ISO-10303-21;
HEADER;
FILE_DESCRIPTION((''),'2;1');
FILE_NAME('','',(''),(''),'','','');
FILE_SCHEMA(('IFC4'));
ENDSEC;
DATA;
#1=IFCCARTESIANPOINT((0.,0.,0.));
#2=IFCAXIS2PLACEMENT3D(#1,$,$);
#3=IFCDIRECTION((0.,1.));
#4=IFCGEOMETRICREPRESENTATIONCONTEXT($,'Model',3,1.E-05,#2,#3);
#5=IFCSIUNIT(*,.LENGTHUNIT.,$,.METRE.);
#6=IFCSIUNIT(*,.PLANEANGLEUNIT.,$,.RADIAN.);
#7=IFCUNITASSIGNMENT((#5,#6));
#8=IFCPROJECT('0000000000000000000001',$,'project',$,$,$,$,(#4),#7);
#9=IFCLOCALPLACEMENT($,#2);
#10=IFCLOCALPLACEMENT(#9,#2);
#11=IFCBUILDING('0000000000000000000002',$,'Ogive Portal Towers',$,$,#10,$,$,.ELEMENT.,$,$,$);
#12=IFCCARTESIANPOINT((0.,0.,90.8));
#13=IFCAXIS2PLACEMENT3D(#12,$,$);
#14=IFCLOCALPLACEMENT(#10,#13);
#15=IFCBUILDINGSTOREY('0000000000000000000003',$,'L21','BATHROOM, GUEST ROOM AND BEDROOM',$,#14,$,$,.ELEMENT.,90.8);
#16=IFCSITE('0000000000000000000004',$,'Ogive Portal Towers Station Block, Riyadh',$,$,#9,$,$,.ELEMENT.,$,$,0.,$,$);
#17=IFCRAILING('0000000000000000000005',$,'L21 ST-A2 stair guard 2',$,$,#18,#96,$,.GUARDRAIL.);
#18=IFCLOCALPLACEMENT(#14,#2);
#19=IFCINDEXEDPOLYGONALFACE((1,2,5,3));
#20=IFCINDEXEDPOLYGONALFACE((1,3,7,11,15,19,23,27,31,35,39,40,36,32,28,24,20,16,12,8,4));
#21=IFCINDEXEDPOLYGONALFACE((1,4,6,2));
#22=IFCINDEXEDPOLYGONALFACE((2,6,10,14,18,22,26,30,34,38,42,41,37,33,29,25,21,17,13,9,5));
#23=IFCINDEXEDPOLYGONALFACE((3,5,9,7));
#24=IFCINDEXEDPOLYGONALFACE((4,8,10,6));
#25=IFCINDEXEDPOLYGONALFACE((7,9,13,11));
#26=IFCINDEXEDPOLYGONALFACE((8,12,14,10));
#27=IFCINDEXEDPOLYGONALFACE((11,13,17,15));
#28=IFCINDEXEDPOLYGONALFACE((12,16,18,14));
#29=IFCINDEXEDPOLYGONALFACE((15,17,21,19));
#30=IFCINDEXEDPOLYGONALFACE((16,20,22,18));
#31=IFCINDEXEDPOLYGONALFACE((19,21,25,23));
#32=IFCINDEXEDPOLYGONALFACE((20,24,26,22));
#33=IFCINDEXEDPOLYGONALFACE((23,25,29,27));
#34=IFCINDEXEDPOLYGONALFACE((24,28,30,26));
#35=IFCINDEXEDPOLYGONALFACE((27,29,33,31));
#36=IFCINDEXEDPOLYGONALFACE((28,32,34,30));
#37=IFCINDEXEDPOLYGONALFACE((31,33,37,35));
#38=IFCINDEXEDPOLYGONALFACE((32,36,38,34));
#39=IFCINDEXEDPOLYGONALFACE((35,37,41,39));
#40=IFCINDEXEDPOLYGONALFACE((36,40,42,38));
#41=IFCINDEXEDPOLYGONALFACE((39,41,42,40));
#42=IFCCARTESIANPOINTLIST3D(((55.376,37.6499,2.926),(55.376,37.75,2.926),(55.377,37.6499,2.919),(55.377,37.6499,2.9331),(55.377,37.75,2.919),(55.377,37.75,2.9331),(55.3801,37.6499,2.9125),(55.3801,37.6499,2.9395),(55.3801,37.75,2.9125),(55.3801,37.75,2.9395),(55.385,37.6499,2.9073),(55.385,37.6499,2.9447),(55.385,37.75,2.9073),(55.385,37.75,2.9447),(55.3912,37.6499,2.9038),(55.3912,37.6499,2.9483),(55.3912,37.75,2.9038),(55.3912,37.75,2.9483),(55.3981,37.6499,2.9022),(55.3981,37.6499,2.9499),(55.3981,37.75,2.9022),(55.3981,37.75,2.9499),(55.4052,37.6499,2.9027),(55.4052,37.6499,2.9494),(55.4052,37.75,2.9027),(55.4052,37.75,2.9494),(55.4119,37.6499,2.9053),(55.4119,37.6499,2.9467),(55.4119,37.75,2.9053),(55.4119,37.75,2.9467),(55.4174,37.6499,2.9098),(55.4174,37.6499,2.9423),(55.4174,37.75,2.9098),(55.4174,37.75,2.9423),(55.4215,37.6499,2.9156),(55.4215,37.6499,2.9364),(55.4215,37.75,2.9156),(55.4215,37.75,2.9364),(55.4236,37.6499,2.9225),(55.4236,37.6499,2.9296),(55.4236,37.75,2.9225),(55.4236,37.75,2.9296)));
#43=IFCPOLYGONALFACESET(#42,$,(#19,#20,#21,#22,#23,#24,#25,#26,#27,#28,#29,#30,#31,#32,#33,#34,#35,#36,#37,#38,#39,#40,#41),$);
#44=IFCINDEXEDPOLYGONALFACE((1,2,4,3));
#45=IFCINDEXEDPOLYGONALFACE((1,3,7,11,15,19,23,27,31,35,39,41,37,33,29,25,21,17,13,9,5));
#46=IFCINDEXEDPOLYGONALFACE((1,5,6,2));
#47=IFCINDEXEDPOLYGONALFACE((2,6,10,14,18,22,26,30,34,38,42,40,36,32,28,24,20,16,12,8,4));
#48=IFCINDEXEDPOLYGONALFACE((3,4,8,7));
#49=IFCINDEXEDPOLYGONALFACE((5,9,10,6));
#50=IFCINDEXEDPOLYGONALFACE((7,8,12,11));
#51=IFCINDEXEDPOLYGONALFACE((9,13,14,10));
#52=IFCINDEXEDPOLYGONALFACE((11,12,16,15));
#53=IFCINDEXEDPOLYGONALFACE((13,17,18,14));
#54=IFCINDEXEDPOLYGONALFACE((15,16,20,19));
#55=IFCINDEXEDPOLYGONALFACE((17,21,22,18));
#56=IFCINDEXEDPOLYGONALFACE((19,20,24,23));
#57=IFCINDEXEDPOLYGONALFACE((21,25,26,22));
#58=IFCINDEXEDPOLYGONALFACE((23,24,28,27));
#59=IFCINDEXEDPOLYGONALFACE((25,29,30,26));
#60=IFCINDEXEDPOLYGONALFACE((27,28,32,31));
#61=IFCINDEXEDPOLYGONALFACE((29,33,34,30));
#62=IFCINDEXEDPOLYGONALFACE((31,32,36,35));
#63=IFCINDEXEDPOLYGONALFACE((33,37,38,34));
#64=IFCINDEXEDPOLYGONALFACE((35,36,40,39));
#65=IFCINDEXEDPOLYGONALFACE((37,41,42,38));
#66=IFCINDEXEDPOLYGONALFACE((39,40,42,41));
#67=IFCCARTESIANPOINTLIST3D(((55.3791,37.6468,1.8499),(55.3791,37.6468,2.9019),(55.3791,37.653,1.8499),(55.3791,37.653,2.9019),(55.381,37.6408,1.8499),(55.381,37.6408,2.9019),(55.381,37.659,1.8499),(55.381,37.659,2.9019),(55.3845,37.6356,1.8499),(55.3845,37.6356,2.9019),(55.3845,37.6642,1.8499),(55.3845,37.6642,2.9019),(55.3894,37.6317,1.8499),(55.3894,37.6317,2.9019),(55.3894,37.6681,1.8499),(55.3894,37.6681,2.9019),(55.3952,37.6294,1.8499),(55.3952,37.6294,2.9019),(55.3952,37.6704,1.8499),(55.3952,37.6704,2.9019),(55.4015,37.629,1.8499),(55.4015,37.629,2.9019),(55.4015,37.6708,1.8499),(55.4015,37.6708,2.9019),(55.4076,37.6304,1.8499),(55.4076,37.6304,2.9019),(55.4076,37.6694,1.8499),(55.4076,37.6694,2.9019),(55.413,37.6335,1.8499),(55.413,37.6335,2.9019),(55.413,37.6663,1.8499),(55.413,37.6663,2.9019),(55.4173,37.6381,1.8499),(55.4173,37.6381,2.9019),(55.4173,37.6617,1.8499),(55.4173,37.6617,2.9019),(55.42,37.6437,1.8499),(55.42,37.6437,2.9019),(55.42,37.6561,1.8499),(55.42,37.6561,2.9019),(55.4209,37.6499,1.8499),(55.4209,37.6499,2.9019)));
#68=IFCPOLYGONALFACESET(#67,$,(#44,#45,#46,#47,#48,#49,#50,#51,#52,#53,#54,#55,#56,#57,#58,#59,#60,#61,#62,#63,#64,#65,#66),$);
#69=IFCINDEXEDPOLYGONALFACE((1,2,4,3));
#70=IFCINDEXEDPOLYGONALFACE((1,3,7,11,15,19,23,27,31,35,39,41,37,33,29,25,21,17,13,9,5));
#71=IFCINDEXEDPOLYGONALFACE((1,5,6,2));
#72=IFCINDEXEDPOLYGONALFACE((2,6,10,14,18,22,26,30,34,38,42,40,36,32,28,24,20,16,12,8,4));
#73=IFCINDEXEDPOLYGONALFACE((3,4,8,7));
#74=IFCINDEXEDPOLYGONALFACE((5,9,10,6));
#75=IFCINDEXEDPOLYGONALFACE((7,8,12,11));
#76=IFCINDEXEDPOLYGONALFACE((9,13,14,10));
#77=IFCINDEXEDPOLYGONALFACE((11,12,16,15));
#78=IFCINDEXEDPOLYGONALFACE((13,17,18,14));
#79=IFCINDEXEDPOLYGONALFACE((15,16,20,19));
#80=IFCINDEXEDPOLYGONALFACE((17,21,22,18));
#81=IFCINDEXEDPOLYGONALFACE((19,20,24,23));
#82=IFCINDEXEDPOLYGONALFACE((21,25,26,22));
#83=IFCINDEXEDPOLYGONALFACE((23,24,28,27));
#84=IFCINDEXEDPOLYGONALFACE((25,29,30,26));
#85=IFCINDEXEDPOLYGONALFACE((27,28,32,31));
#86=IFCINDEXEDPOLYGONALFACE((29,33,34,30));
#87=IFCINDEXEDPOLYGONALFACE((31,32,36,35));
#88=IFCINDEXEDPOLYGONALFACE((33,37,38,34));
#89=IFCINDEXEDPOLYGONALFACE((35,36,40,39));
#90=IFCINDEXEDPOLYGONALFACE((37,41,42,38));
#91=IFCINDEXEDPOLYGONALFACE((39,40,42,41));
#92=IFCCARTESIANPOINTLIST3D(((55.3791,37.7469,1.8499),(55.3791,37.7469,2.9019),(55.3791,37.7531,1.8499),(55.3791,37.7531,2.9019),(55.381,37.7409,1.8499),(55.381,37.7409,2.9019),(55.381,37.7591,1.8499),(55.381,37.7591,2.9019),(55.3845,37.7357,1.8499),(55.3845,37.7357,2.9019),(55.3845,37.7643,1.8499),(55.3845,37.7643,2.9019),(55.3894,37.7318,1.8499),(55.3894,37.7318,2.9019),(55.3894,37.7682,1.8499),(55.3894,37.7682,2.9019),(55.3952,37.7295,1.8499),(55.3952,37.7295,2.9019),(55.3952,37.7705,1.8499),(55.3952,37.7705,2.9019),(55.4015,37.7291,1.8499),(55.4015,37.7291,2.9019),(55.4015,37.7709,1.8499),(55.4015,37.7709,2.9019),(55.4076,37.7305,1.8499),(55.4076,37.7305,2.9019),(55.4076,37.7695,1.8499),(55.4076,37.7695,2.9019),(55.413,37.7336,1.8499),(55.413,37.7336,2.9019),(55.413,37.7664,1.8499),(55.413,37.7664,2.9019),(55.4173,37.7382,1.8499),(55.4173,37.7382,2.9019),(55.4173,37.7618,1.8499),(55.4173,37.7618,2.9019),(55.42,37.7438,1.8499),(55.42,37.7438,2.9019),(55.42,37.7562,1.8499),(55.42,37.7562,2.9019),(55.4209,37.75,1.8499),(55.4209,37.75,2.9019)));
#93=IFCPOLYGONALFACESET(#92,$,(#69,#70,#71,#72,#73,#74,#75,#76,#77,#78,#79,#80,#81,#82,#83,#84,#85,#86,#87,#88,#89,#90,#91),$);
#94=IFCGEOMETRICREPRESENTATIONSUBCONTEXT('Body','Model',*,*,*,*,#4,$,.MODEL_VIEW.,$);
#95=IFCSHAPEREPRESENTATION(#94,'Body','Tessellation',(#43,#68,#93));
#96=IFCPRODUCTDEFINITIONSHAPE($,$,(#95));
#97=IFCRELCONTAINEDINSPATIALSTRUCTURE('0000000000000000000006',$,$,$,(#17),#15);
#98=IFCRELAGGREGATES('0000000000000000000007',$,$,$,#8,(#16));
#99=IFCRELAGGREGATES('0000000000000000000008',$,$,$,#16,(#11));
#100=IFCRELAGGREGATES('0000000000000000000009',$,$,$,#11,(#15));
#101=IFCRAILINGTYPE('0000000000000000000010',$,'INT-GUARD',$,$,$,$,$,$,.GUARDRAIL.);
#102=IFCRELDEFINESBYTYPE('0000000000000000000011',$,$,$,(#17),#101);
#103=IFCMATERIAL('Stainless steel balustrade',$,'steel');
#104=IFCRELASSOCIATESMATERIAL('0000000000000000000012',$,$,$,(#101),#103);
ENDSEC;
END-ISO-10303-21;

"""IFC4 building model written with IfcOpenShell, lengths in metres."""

from ifc_helpers import new_model, si_unit, direction, frame, origin, origin_2d, place, context, subcontext, project, spatial, circle, extrude, material, type_object, element, save


model = new_model("IFC4")

# Units and contexts
model_context = context("Model", 3, precision=1e-05, world=origin(), true_north=direction((0.0, 1.0)))
body_context = subcontext(model_context, "Body", "Model", "MODEL_VIEW")
ifc_project = project(units=[si_unit("LENGTHUNIT", "METRE"), si_unit("PLANEANGLEUNIT", "RADIAN")], contexts=[model_context])

# Site, building, storey
site_placement = place(None, origin())
site = spatial("IfcSite", under=ifc_project, at=site_placement, Name="Ogive Portal Towers Station Block, Riyadh", CompositionType="ELEMENT", RefElevation=0.0)
building_placement = place(site_placement, origin())
building = spatial("IfcBuilding", under=site, at=building_placement, Name="Ogive Portal Towers", CompositionType="ELEMENT")
storey_placement = place(building_placement, frame((0.0, 0.0, 90.8)))
storey = spatial("IfcBuildingStorey", under=building, at=storey_placement, Name="L21", Description="BATHROOM, GUEST ROOM AND BEDROOM", CompositionType="ELEMENT", Elevation=90.8)

# Railing
ifc_material_1 = material(Name="Stainless steel balustrade", Category="steel")
railing_type_1 = type_object("IfcRailingType", Name="INT-GUARD", PredefinedType="GUARDRAIL", material=ifc_material_1)
railing_1_placement = place(storey_placement, frame((55.3999, 37.6499, 1.8499)))
element("IfcRailing", 1, at=railing_1_placement, inside=storey, type_object=railing_type_1, Name="L21 ST-A2 stair guard 2", PredefinedType="GUARDRAIL", context=body_context, shape_type="SweptSolid", body=[
    extrude(circle(Radius=0.0239, at=origin_2d()), frame((0.0, 0.0, 1.0762), z_axis=(0.0, 1.0, 0.0), x_axis=(-1.0, 0.0, 0.0)), (0.0, 0.0, 1.0), 0.1001),
    extrude(circle(Radius=0.021, at=origin_2d()), origin(), (0.0, 0.0, 1.0), 1.052),
    extrude(circle(Radius=0.021, at=origin_2d()), frame((0.0, 0.1001, 0.0)), (0.0, 0.0, 1.0), 1.052),
])

save(model, "model.ifc")
